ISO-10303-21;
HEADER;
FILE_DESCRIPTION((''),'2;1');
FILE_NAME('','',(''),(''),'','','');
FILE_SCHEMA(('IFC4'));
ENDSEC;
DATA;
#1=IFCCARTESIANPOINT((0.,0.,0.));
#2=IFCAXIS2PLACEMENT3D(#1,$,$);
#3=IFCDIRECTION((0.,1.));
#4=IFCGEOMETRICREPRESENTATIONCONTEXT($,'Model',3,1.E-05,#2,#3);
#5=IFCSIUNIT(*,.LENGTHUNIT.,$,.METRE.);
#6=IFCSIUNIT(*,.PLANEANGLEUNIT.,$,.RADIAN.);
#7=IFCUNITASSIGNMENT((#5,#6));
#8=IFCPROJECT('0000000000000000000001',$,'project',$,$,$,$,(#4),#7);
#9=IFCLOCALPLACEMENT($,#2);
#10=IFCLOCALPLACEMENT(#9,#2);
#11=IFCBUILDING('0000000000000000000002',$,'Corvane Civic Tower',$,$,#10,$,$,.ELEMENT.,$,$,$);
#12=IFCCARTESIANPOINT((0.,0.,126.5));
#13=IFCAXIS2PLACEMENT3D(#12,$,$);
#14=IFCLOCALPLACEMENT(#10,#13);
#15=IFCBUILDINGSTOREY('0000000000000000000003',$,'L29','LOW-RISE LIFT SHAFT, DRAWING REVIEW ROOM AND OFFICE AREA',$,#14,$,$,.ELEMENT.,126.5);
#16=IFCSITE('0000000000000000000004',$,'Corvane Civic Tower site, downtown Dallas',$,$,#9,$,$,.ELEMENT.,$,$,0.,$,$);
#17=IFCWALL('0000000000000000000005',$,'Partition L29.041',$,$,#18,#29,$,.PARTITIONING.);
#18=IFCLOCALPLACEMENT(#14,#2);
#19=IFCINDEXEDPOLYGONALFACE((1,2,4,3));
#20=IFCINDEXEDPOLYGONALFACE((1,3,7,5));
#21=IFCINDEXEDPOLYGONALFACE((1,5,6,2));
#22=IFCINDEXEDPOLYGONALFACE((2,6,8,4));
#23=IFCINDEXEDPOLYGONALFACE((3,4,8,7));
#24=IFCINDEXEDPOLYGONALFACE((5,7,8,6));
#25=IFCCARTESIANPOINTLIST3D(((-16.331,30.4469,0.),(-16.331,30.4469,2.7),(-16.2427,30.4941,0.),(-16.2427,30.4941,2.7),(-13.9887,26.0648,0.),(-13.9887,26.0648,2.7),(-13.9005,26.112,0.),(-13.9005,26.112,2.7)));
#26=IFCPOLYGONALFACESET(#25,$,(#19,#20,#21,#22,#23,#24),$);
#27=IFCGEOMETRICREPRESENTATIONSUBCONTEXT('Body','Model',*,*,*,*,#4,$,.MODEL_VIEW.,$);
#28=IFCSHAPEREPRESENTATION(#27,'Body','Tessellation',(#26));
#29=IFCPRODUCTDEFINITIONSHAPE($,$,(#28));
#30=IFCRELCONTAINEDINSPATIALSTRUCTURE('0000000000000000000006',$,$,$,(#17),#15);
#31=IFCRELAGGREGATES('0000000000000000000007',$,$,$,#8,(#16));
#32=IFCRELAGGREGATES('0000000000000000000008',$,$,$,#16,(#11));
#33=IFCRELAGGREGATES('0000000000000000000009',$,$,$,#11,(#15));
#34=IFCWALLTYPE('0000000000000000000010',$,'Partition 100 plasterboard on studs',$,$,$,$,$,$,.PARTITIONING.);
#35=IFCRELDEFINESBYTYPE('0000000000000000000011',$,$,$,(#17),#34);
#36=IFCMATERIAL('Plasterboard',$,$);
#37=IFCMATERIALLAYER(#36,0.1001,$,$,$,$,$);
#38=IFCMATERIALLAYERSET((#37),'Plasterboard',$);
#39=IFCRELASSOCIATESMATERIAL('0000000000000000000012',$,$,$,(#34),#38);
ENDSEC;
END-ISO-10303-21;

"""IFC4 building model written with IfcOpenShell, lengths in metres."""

from ifc_helpers import new_model, si_unit, direction, frame, frame_2d, origin, place, context, subcontext, project, spatial, rectangle, extrude, material, layer, layer_set, type_object, element, save


model = new_model("IFC4")

# Units and contexts
model_context = context("Model", 3, precision=1e-05, world=origin(), true_north=direction((0.0, 1.0)))
body_context = subcontext(model_context, "Body", "Model", "MODEL_VIEW")
ifc_project = project(units=[si_unit("LENGTHUNIT", "METRE"), si_unit("PLANEANGLEUNIT", "RADIAN")], contexts=[model_context])

# Site, building, storey
site_placement = place(None, origin())
site = spatial("IfcSite", under=ifc_project, at=site_placement, Name="Corvane Civic Tower site, downtown Dallas", CompositionType="ELEMENT", RefElevation=0.0)
building_placement = place(site_placement, origin())
building = spatial("IfcBuilding", under=site, at=building_placement, Name="Corvane Civic Tower", CompositionType="ELEMENT")
storey_placement = place(building_placement, frame((0.0, 0.0, 126.5)))
storey = spatial("IfcBuildingStorey", under=building, at=storey_placement, Name="L29", Description="LOW-RISE LIFT SHAFT, DRAWING REVIEW ROOM AND OFFICE AREA", CompositionType="ELEMENT", Elevation=126.5)

# Shared definitions
ifc_material_1 = material(Name="Plasterboard")
ifc_layer_1 = layer(ifc_material_1, 0.1001)
ifc_layer_set_1 = layer_set([ifc_layer_1], Name="Plasterboard")
wall_type_1 = type_object("IfcWallType", Name="Partition 100 plasterboard on studs", PredefinedType="PARTITIONING", material=ifc_layer_set_1)

# Wall
wall_1_placement = place(storey_placement, frame((-16.2869, 30.4705, 0.0), z_axis=(0.0, 0.0, 1.0), x_axis=(0.471399, -0.88192, 0.0)))
element("IfcWall", 1, at=wall_1_placement, inside=storey, type_object=wall_type_1, Name="Partition L29.041", PredefinedType="PARTITIONING", context=body_context, shape_type="SweptSolid", body=[
    extrude(rectangle(XDim=4.9688, YDim=0.1001, at=frame_2d((2.4844, 0.0))), origin(), (0.0, 0.0, 1.0), 2.7),
])

save(model, "model.ifc")
